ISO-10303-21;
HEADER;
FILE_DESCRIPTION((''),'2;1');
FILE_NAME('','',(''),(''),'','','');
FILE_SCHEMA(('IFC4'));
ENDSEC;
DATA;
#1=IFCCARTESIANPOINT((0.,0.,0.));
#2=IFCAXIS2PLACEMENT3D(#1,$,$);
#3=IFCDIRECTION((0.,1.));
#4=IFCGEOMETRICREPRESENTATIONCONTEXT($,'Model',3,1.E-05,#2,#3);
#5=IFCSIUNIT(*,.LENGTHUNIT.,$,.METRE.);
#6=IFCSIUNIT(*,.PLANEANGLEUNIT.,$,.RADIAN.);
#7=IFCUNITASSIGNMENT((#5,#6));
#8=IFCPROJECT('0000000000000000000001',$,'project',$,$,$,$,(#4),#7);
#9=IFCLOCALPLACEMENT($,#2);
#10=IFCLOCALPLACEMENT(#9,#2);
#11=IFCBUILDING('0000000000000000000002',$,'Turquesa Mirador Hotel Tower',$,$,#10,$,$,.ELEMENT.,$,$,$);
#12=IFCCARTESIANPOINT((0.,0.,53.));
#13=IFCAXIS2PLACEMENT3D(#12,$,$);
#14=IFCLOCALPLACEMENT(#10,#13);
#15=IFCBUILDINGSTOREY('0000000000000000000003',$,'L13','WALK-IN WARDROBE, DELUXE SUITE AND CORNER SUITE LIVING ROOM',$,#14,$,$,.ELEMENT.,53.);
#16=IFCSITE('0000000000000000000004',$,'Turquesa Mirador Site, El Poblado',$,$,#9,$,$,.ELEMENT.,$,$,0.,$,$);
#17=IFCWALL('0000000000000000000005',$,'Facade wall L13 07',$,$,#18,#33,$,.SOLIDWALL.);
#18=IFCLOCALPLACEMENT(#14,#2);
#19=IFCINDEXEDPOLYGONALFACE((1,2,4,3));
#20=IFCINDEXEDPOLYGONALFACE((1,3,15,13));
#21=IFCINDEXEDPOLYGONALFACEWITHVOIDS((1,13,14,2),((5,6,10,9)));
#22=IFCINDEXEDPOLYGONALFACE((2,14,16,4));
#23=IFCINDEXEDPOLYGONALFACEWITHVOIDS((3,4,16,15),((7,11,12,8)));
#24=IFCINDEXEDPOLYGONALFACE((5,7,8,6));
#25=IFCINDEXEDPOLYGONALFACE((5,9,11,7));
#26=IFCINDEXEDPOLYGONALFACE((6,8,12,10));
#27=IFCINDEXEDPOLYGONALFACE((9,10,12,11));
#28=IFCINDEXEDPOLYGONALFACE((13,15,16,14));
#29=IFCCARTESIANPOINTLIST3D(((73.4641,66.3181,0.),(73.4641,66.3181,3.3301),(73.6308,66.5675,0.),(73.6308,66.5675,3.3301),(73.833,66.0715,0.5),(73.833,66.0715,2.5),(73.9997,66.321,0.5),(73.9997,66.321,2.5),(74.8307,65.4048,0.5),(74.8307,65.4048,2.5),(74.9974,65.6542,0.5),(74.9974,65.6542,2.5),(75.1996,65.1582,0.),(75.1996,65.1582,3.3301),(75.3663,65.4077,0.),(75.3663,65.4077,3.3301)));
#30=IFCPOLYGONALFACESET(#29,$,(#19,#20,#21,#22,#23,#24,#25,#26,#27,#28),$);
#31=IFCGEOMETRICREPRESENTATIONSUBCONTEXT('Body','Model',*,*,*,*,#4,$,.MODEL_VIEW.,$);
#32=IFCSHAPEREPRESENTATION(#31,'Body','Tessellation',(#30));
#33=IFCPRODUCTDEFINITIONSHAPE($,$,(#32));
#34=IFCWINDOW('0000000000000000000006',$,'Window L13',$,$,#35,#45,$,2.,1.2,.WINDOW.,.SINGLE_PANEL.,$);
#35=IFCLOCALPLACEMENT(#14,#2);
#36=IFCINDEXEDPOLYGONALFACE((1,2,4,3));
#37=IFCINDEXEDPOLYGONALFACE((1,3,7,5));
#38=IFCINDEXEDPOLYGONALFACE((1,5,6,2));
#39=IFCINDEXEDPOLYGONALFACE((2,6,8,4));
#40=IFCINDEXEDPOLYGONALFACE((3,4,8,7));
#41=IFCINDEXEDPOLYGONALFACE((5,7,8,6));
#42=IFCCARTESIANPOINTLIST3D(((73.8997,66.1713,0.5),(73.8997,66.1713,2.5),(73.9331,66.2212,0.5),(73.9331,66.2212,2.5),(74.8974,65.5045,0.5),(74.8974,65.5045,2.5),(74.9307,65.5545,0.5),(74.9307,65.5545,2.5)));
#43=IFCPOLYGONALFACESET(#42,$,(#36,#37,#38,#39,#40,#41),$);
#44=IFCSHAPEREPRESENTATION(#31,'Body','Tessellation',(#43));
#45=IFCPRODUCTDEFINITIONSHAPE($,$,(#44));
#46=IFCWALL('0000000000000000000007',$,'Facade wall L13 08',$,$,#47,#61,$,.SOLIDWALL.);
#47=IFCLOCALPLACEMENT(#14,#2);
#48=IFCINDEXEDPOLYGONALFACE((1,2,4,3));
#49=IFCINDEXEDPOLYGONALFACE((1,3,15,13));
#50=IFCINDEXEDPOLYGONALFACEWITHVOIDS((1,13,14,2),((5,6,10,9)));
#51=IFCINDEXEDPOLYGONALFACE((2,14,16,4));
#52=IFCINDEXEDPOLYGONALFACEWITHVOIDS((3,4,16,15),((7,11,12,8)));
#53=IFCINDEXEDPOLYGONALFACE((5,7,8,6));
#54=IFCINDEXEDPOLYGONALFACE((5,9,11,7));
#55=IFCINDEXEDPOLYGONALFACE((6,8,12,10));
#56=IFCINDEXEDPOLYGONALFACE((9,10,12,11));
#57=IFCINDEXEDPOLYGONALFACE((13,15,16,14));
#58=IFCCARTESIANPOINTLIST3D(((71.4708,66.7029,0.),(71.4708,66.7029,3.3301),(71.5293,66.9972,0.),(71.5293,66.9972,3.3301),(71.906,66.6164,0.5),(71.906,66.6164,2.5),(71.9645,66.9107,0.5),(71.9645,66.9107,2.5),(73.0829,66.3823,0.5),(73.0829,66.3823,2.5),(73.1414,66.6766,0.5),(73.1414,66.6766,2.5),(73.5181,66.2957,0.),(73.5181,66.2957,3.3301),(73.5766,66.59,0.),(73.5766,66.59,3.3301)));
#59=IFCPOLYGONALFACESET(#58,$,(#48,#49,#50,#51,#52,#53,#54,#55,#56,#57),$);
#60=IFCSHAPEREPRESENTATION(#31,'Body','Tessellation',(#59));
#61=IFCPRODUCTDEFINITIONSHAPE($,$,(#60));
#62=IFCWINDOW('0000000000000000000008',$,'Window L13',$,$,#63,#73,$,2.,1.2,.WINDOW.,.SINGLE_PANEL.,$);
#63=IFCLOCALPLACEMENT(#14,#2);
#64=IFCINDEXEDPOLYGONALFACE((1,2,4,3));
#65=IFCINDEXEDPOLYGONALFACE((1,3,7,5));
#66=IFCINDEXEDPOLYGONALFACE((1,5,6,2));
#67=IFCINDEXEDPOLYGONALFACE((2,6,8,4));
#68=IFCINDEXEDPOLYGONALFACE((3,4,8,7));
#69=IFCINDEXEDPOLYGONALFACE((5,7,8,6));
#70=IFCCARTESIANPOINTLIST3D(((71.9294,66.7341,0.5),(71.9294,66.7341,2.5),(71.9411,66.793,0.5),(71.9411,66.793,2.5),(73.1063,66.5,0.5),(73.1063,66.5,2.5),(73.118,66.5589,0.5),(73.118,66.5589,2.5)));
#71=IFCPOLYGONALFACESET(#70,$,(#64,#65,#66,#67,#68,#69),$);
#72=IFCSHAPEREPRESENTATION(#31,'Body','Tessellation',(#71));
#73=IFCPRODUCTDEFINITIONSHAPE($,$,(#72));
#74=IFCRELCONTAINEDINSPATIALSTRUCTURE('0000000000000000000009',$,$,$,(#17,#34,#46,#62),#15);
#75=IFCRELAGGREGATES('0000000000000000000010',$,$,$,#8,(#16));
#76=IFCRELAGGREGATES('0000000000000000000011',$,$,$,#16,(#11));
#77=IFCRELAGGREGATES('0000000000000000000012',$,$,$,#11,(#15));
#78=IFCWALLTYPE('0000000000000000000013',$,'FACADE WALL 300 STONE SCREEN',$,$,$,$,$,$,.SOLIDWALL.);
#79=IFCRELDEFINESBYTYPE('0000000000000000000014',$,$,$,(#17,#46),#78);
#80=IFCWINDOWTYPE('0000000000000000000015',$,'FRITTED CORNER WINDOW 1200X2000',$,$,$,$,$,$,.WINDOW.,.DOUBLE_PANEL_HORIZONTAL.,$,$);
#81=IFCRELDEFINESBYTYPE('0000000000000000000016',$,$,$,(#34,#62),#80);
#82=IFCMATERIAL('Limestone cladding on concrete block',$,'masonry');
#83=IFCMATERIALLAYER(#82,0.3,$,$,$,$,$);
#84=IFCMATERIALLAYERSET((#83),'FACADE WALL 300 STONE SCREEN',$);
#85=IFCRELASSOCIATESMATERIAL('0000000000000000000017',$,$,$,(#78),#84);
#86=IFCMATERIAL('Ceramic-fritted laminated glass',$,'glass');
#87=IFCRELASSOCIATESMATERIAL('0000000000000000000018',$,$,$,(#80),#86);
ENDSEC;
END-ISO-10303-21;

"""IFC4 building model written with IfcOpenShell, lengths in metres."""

from ifc_helpers import new_model, si_unit, direction, frame, frame_2d, origin, place, context, subcontext, project, spatial, rectangle, extrude, material, layer, layer_set, type_object, element, fill, save


model = new_model("IFC4")

# Units and contexts
model_context = context("Model", 3, precision=1e-05, world=origin(), true_north=direction((0.0, 1.0)))
body_context = subcontext(model_context, "Body", "Model", "MODEL_VIEW")
ifc_project = project(units=[si_unit("LENGTHUNIT", "METRE"), si_unit("PLANEANGLEUNIT", "RADIAN")], contexts=[model_context])

# Site, building, storey
site_placement = place(None, origin())
site = spatial("IfcSite", under=ifc_project, at=site_placement, Name="Turquesa Mirador Site, El Poblado", CompositionType="ELEMENT", RefElevation=0.0)
building_placement = place(site_placement, origin())
building = spatial("IfcBuilding", under=site, at=building_placement, Name="Turquesa Mirador Hotel Tower", CompositionType="ELEMENT")
storey_placement = place(building_placement, frame((0.0, 0.0, 53.0)))
storey = spatial("IfcBuildingStorey", under=building, at=storey_placement, Name="L13", Description="WALK-IN WARDROBE, DELUXE SUITE AND CORNER SUITE LIVING ROOM", CompositionType="ELEMENT", Elevation=53.0)

# Walls, openings, windows
ifc_material_1 = material(Name="Limestone cladding on concrete block", Category="masonry")
ifc_layer = layer(ifc_material_1, 0.3)
ifc_layer_set = layer_set([ifc_layer], Name="FACADE WALL 300 STONE SCREEN")
wall_type = type_object("IfcWallType", Name="FACADE WALL 300 STONE SCREEN", PredefinedType="SOLIDWALL", material=ifc_layer_set)
ifc_material_2 = material(Name="Ceramic-fritted laminated glass", Category="glass")
window_type_1 = type_object("IfcWindowType", Name="FRITTED CORNER WINDOW 1200X2000", PartitioningType="DOUBLE_PANEL_HORIZONTAL", PredefinedType="WINDOW", material=ifc_material_2)
wall_1_placement = place(storey_placement, frame((75.283, 65.283, 0.0), z_axis=(0.0, 0.0, 1.0), x_axis=(-0.83142, 0.555644, 0.0)))
wall_1 = element("IfcWall", 1, at=wall_1_placement, inside=storey, type_object=wall_type, Name="Facade wall L13 07", PredefinedType="SOLIDWALL", context=body_context, shape_type="SweptSolid", body=[
    extrude(rectangle(XDim=2.0874, YDim=0.3, at=frame_2d((1.0437, 0.0))), origin(), (0.0, 0.0, 1.0), 3.3301),
])
opening_1_placement = place(wall_1_placement, frame((0.4436, 0.0, 0.5)))
opening_1 = element("IfcOpeningElement", 2, at=opening_1_placement, cuts=wall_1, PredefinedType="OPENING", context=body_context, shape_type="SweptSolid", body=[
    extrude(rectangle(XDim=1.2, YDim=2.0, at=frame_2d((0.6001, 1.0))), frame((0.0, 0.1599, 0.0), z_axis=(0.0, -1.0, 0.0), x_axis=(1.0, 0.0, 0.0)), (0.0, 0.0, 1.0), 0.3201),
])
window_1_placement = place(opening_1_placement, origin())
window_1 = element("IfcWindow", 3, at=window_1_placement, inside=storey, type_object=window_type_1, Name="Window L13", OverallHeight=2.0, OverallWidth=1.2, PartitioningType="SINGLE_PANEL", PredefinedType="WINDOW", context=body_context, shape_type="SweptSolid", body=[
    extrude(rectangle(XDim=1.2, YDim=2.0, at=frame_2d((0.6001, 1.0))), frame((0.0, 0.03, 0.0), z_axis=(0.0, -1.0, 0.0), x_axis=(1.0, 0.0, 0.0)), (0.0, 0.0, 1.0), 0.0601),
])
fill(opening_1, window_1)
wall_2_placement = place(storey_placement, frame((73.5474, 66.4429, 0.0), z_axis=(0.0, 0.0, 1.0), x_axis=(-0.980787, 0.195081, 0.0)))
wall_2 = element("IfcWall", 4, at=wall_2_placement, inside=storey, type_object=wall_type, Name="Facade wall L13 08", PredefinedType="SOLIDWALL", context=body_context, shape_type="SweptSolid", body=[
    extrude(rectangle(XDim=2.0874, YDim=0.3, at=frame_2d((1.0437, 0.0))), origin(), (0.0, 0.0, 1.0), 3.3301),
])
opening_2_placement = place(wall_2_placement, frame((0.4436, 0.0, 0.5)))
opening_2 = element("IfcOpeningElement", 5, at=opening_2_placement, cuts=wall_2, PredefinedType="OPENING", context=body_context, shape_type="SweptSolid", body=[
    extrude(rectangle(XDim=1.2, YDim=2.0, at=frame_2d((0.6001, 1.0))), frame((0.0, 0.1599, 0.0), z_axis=(0.0, -1.0, 0.0), x_axis=(1.0, 0.0, 0.0)), (0.0, 0.0, 1.0), 0.3201),
])
window_2_placement = place(opening_2_placement, origin())
window_2 = element("IfcWindow", 6, at=window_2_placement, inside=storey, type_object=window_type_1, Name="Window L13", OverallHeight=2.0, OverallWidth=1.2, PartitioningType="SINGLE_PANEL", PredefinedType="WINDOW", context=body_context, shape_type="SweptSolid", body=[
    extrude(rectangle(XDim=1.2, YDim=2.0, at=frame_2d((0.6001, 1.0))), frame((0.0, 0.03, 0.0), z_axis=(0.0, -1.0, 0.0), x_axis=(1.0, 0.0, 0.0)), (0.0, 0.0, 1.0), 0.0601),
])
fill(opening_2, window_2)

save(model, "model.ifc")
